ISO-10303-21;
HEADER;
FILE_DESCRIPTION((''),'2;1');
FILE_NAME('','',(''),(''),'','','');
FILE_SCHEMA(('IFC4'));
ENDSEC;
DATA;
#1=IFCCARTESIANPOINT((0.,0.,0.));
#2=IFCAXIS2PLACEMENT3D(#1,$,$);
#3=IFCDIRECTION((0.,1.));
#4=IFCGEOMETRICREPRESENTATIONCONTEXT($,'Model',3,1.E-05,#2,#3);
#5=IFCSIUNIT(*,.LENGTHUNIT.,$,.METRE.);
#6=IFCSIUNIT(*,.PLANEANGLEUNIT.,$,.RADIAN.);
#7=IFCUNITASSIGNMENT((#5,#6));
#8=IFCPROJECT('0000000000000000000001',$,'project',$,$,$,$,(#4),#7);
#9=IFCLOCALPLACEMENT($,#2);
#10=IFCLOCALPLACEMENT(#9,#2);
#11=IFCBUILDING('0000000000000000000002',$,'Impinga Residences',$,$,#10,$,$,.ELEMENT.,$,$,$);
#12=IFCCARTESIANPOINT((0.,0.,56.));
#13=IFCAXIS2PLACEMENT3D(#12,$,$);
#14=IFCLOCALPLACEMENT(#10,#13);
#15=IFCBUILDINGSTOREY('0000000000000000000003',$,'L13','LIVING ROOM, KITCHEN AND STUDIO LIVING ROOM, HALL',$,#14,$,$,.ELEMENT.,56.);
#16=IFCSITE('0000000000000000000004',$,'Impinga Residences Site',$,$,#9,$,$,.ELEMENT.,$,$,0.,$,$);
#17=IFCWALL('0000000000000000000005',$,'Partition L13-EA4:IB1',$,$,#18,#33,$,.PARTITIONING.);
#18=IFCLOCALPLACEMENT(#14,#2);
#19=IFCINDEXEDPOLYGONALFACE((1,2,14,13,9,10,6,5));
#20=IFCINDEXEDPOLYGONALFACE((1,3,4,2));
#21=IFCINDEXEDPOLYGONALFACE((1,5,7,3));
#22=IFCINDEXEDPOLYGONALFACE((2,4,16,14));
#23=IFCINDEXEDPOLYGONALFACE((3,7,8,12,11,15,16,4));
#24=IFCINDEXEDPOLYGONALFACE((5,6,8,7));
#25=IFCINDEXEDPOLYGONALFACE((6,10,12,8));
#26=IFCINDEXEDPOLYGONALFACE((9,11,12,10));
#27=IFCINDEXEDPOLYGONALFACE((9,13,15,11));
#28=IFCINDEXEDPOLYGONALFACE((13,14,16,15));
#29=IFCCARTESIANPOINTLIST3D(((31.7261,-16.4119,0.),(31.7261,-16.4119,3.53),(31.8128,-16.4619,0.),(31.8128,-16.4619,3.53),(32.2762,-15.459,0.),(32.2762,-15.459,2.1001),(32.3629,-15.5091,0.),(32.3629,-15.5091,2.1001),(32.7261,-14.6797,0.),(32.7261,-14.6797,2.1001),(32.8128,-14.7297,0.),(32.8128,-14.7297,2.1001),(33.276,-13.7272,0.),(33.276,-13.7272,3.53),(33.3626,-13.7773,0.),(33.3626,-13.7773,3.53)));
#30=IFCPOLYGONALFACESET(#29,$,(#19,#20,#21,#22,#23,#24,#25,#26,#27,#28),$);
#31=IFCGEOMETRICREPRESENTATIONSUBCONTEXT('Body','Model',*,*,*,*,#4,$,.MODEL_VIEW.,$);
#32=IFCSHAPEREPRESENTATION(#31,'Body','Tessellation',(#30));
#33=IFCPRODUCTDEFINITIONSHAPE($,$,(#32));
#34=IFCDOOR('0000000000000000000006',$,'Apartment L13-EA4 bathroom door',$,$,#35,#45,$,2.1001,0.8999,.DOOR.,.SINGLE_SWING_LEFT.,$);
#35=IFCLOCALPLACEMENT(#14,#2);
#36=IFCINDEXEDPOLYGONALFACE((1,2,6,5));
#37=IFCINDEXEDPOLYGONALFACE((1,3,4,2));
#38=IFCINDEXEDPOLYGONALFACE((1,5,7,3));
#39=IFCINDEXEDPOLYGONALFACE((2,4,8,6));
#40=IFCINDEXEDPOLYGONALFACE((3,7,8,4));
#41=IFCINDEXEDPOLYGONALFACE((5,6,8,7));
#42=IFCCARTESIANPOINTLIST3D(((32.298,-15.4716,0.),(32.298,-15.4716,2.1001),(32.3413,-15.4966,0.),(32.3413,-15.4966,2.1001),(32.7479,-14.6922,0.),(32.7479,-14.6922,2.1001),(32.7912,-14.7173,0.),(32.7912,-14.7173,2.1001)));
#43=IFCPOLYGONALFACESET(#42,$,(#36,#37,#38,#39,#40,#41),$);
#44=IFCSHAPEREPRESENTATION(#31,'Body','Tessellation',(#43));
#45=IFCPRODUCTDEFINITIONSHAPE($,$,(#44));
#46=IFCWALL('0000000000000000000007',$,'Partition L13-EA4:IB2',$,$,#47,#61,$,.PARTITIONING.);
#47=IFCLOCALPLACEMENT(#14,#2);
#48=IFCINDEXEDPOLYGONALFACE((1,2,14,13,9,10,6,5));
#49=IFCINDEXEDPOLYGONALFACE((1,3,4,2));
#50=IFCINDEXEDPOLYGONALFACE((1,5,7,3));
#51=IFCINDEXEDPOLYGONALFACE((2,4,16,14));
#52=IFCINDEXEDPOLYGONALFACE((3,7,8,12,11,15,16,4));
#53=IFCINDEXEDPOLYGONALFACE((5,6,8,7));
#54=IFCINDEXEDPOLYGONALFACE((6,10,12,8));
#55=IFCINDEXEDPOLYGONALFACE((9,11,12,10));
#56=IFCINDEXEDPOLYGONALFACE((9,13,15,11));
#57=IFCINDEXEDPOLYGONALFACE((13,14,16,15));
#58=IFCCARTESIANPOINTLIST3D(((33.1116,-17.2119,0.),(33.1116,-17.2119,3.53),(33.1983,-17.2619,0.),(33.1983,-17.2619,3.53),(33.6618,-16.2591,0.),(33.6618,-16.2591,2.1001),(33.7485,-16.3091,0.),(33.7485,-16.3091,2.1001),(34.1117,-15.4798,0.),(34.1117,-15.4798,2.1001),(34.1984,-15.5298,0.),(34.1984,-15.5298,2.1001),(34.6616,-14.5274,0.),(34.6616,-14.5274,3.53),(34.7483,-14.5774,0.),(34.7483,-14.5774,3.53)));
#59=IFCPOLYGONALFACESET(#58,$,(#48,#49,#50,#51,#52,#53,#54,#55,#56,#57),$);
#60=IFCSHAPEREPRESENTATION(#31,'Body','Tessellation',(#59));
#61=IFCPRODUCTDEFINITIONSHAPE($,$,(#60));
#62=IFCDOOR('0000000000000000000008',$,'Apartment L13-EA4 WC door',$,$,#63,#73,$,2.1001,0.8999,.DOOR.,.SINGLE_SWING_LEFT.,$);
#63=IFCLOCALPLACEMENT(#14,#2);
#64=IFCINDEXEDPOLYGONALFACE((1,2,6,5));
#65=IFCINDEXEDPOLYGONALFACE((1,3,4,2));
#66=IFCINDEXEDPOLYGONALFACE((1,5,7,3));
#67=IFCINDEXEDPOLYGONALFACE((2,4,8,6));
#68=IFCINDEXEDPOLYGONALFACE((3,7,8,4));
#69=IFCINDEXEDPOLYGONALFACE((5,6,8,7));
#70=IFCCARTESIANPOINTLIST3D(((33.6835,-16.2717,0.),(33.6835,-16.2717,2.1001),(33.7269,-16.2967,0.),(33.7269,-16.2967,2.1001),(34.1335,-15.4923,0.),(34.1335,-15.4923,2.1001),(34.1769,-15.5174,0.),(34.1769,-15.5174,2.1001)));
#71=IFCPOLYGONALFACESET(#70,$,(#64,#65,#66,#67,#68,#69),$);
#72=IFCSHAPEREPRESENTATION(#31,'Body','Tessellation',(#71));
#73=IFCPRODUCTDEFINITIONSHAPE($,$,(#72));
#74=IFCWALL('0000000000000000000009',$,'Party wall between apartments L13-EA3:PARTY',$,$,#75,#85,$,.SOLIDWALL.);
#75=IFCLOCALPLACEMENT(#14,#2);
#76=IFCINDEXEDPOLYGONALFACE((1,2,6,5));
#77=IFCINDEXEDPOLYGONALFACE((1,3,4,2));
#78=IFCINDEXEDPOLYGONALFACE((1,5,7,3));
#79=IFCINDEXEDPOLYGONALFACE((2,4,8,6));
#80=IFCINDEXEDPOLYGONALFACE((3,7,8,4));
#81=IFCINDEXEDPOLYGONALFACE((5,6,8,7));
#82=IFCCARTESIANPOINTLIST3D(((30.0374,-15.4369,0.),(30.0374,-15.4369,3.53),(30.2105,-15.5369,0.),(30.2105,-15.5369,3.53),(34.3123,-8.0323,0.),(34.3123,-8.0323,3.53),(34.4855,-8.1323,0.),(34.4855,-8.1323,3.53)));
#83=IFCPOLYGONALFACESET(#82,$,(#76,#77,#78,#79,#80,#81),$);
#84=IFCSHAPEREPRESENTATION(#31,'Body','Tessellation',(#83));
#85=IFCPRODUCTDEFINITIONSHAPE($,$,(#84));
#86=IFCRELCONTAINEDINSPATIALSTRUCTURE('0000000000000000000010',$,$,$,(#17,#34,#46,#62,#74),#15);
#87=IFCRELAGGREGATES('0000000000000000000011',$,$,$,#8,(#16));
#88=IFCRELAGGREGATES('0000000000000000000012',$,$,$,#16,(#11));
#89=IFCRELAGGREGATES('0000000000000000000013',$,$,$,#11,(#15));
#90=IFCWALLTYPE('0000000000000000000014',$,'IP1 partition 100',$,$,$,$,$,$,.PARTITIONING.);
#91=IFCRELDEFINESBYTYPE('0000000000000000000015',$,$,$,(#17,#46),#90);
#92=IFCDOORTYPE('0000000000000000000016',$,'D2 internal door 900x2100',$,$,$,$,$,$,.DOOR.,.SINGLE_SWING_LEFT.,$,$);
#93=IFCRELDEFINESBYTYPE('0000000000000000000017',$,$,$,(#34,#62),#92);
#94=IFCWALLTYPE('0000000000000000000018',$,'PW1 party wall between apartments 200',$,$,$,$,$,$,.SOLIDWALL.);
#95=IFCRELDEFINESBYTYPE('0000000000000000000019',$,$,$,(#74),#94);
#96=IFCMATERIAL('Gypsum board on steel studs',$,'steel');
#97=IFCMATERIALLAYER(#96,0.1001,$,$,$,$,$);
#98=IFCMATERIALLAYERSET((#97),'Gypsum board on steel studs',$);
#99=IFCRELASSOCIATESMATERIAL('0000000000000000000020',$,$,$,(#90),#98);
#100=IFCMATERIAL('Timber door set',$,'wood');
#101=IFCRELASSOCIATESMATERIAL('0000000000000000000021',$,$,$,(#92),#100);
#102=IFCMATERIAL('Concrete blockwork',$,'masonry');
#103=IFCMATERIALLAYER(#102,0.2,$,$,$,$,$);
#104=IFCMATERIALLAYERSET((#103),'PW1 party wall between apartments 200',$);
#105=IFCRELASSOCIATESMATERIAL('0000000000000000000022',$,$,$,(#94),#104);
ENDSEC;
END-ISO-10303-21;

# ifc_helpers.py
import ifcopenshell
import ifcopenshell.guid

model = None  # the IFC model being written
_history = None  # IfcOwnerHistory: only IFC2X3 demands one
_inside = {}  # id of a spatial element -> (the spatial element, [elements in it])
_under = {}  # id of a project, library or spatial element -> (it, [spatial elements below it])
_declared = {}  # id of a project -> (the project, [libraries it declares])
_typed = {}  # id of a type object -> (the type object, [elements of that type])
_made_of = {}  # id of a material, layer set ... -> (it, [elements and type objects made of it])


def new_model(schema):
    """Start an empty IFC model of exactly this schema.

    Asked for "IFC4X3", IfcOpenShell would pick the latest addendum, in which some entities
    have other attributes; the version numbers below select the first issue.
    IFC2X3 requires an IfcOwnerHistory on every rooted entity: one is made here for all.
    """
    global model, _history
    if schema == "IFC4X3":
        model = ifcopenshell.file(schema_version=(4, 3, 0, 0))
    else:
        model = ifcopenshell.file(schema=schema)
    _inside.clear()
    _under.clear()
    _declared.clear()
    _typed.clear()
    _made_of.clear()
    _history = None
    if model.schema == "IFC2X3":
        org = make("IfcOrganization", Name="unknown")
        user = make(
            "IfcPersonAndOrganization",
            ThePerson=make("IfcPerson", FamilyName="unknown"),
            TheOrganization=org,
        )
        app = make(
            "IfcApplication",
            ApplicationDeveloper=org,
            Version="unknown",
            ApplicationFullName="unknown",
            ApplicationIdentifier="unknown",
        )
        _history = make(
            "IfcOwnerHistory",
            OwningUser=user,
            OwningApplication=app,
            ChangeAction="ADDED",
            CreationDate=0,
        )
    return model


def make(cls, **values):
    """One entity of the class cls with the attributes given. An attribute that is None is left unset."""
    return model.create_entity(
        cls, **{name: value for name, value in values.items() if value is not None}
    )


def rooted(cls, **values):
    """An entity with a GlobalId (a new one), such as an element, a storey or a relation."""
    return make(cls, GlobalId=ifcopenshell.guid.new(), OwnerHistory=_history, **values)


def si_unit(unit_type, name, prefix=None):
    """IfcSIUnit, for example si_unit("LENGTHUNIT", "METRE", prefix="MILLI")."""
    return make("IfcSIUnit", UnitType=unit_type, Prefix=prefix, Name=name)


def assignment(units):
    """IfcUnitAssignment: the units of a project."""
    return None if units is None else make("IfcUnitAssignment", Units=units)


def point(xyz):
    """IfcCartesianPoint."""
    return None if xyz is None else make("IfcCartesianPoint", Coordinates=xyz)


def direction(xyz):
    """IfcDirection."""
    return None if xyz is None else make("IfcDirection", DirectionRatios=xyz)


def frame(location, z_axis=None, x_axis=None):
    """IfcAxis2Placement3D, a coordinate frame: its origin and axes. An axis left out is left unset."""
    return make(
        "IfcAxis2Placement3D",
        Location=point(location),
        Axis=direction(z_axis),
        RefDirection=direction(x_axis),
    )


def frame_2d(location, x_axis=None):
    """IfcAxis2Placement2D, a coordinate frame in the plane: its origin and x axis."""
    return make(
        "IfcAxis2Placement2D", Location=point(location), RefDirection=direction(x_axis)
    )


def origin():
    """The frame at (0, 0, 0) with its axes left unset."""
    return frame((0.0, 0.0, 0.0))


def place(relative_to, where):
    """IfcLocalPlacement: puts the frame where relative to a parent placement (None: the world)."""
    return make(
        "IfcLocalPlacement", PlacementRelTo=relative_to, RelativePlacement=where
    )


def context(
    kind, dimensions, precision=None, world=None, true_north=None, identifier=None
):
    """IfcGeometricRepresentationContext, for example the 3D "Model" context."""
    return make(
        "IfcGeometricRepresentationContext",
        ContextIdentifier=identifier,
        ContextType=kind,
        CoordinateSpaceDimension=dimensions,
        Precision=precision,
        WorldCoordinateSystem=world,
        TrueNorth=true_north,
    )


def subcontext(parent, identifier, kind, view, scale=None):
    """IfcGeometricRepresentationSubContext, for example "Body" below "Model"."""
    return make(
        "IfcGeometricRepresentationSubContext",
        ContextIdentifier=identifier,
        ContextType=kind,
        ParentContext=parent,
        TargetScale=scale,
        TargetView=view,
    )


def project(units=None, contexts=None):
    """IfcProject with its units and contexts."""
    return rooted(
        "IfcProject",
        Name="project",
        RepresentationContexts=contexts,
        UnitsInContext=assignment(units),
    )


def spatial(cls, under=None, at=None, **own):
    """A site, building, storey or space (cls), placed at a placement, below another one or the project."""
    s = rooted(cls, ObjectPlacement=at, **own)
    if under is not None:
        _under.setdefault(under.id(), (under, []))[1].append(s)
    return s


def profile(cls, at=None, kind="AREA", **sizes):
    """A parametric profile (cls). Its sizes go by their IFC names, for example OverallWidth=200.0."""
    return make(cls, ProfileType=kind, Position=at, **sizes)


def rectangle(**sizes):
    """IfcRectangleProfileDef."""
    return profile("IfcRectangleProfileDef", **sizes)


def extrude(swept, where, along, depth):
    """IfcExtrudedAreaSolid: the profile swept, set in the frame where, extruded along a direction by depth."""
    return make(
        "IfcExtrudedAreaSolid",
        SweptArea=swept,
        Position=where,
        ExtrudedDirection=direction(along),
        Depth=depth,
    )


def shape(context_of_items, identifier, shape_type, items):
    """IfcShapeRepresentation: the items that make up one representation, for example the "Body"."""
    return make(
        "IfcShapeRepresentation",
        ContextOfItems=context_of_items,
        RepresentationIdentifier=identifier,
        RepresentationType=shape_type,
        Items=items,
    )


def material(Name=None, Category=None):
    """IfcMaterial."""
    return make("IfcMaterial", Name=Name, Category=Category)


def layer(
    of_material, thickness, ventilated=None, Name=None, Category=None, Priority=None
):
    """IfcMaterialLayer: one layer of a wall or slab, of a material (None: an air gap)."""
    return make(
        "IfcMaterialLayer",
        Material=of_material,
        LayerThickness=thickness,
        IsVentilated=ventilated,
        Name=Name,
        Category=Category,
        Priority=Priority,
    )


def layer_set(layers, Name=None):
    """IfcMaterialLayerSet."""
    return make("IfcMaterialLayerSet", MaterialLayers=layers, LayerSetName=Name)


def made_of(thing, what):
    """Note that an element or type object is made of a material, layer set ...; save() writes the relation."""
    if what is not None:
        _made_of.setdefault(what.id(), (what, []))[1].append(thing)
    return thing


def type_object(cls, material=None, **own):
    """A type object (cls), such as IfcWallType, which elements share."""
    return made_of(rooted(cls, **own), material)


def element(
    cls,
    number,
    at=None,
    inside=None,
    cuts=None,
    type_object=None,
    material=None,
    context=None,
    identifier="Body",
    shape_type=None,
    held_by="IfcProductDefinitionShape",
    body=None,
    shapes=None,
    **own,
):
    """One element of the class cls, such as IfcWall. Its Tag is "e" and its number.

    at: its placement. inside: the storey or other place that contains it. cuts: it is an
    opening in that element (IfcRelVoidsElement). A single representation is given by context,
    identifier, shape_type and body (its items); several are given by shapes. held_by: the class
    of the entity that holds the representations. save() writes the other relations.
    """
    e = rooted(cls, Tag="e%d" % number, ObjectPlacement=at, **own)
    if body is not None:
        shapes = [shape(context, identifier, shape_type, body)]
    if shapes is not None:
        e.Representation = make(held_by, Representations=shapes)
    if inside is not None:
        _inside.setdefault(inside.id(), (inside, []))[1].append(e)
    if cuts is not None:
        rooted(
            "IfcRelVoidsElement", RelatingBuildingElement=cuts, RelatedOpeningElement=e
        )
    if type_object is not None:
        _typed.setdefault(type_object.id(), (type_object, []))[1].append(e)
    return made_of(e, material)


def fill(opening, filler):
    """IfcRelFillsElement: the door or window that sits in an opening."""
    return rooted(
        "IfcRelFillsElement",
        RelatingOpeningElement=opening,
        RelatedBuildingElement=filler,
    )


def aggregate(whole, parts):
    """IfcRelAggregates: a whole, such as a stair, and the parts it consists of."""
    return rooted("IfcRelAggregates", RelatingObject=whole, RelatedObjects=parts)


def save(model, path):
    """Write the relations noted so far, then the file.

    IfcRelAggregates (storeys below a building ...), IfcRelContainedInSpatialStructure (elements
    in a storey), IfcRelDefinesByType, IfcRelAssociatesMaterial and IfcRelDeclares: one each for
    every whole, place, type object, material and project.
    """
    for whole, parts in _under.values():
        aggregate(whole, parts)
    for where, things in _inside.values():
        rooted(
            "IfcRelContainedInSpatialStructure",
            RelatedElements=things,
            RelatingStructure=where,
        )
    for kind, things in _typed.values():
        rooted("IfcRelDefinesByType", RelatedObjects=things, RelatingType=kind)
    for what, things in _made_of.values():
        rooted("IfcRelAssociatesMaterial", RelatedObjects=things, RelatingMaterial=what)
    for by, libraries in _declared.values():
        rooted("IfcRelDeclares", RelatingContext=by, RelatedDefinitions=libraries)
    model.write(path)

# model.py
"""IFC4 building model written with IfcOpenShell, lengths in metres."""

from ifc_helpers import new_model, si_unit, direction, frame, frame_2d, origin, place, context, subcontext, project, spatial, rectangle, extrude, material, layer, layer_set, type_object, element, fill, save


model = new_model("IFC4")

# Units and contexts
model_context = context("Model", 3, precision=1e-05, world=origin(), true_north=direction((0.0, 1.0)))
body_context = subcontext(model_context, "Body", "Model", "MODEL_VIEW")
ifc_project = project(units=[si_unit("LENGTHUNIT", "METRE"), si_unit("PLANEANGLEUNIT", "RADIAN")], contexts=[model_context])

# Site, building, storey
site_placement = place(None, origin())
site = spatial("IfcSite", under=ifc_project, at=site_placement, Name="Impinga Residences Site", CompositionType="ELEMENT", RefElevation=0.0)
building_placement = place(site_placement, origin())
building = spatial("IfcBuilding", under=site, at=building_placement, Name="Impinga Residences", CompositionType="ELEMENT")
storey_placement = place(building_placement, frame((0.0, 0.0, 56.0)))
storey = spatial("IfcBuildingStorey", under=building, at=storey_placement, Name="L13", Description="LIVING ROOM, KITCHEN AND STUDIO LIVING ROOM, HALL", CompositionType="ELEMENT", Elevation=56.0)

# Shared definitions
ifc_material_1 = material(Name="Gypsum board on steel studs", Category="steel")
ifc_layer_1 = layer(ifc_material_1, 0.1001)
ifc_layer_set_1 = layer_set([ifc_layer_1], Name="Gypsum board on steel studs")
wall_type_1 = type_object("IfcWallType", Name="IP1 partition 100", PredefinedType="PARTITIONING", material=ifc_layer_set_1)

# Shared definitions
ifc_material_2 = material(Name="Timber door set", Category="wood")
door_type = type_object("IfcDoorType", Name="D2 internal door 900x2100", OperationType="SINGLE_SWING_LEFT", PredefinedType="DOOR", material=ifc_material_2)

# Walls, openings, doors
wall_1_placement = place(storey_placement, frame((31.7695, -16.4368, 0.0), z_axis=(0.0, 0.0, 1.0), x_axis=(0.499968, 0.866044, 0.0)))
wall_1 = element("IfcWall", 1, at=wall_1_placement, inside=storey, type_object=wall_type_1, Name="Partition L13-EA4:IB1", PredefinedType="PARTITIONING", context=body_context, shape_type="SweptSolid", body=[
    extrude(rectangle(XDim=3.0999, YDim=0.1001, at=frame_2d((1.5498, 0.0))), origin(), (0.0, 0.0, 1.0), 3.53),
])
opening_1_placement = place(wall_1_placement, frame((1.1001, 0.0, 0.0)))
opening_1 = element("IfcOpeningElement", 2, at=opening_1_placement, cuts=wall_1, PredefinedType="OPENING", context=body_context, shape_type="SweptSolid", body=[
    extrude(rectangle(XDim=0.8999, YDim=2.1001, at=frame_2d((0.45, 1.05))), frame((0.0, 0.0601, 0.0), z_axis=(0.0, -1.0, 0.0), x_axis=(1.0, 0.0, 0.0)), (0.0, 0.0, 1.0), 0.1201),
])
door_1_placement = place(opening_1_placement, origin())
door_1 = element("IfcDoor", 3, at=door_1_placement, inside=storey, type_object=door_type, Name="Apartment L13-EA4 bathroom door", OperationType="SINGLE_SWING_LEFT", OverallHeight=2.1001, OverallWidth=0.8999, PredefinedType="DOOR", context=body_context, shape_type="SweptSolid", body=[
    extrude(rectangle(XDim=0.8999, YDim=2.1001, at=frame_2d((0.45, 1.05))), frame((0.0, 0.0249, 0.0), z_axis=(0.0, -1.0, 0.0), x_axis=(1.0, 0.0, 0.0)), (0.0, 0.0, 1.0), 0.05),
])
fill(opening_1, door_1)
wall_2_placement = place(storey_placement, frame((33.155, -17.2368, 0.0), z_axis=(0.0, 0.0, 1.0), x_axis=(0.500027, 0.86601, 0.0)))
wall_2 = element("IfcWall", 4, at=wall_2_placement, inside=storey, type_object=wall_type_1, Name="Partition L13-EA4:IB2", PredefinedType="PARTITIONING", context=body_context, shape_type="SweptSolid", body=[
    extrude(rectangle(XDim=3.0999, YDim=0.1001, at=frame_2d((1.5498, 0.0))), origin(), (0.0, 0.0, 1.0), 3.53),
])
opening_2_placement = place(wall_2_placement, frame((1.1001, 0.0, 0.0)))
opening_2 = element("IfcOpeningElement", 5, at=opening_2_placement, cuts=wall_2, PredefinedType="OPENING", context=body_context, shape_type="SweptSolid", body=[
    extrude(rectangle(XDim=0.8999, YDim=2.1001, at=frame_2d((0.45, 1.05))), frame((0.0, 0.0601, 0.0), z_axis=(0.0, -1.0, 0.0), x_axis=(1.0, 0.0, 0.0)), (0.0, 0.0, 1.0), 0.1201),
])
door_2_placement = place(opening_2_placement, origin())
door_2 = element("IfcDoor", 6, at=door_2_placement, inside=storey, type_object=door_type, Name="Apartment L13-EA4 WC door", OperationType="SINGLE_SWING_LEFT", OverallHeight=2.1001, OverallWidth=0.8999, PredefinedType="DOOR", context=body_context, shape_type="SweptSolid", body=[
    extrude(rectangle(XDim=0.8999, YDim=2.1001, at=frame_2d((0.45, 1.05))), frame((0.0, 0.0249, 0.0), z_axis=(0.0, -1.0, 0.0), x_axis=(1.0, 0.0, 0.0)), (0.0, 0.0, 1.0), 0.05),
])
fill(opening_2, door_2)

# Wall
ifc_material_3 = material(Name="Concrete blockwork", Category="masonry")
ifc_layer_2 = layer(ifc_material_3, 0.2)
ifc_layer_set_2 = layer_set([ifc_layer_2], Name="PW1 party wall between apartments 200")
wall_type_2 = type_object("IfcWallType", Name="PW1 party wall between apartments 200", PredefinedType="SOLIDWALL", material=ifc_layer_set_2)
wall_3_placement = place(storey_placement, frame((30.124, -15.4868, 0.0), z_axis=(0.0, 0.0, 1.0), x_axis=(0.49999, 0.866031, 0.0)))
element("IfcWall", 7, at=wall_3_placement, inside=storey, type_object=wall_type_2, Name="Party wall between apartments L13-EA3:PARTY", PredefinedType="SOLIDWALL", context=body_context, shape_type="SweptSolid", body=[
    extrude(rectangle(XDim=8.55, YDim=0.2, at=frame_2d((4.2749, 0.0))), origin(), (0.0, 0.0, 1.0), 3.53),
])

save(model, "model.ifc")
